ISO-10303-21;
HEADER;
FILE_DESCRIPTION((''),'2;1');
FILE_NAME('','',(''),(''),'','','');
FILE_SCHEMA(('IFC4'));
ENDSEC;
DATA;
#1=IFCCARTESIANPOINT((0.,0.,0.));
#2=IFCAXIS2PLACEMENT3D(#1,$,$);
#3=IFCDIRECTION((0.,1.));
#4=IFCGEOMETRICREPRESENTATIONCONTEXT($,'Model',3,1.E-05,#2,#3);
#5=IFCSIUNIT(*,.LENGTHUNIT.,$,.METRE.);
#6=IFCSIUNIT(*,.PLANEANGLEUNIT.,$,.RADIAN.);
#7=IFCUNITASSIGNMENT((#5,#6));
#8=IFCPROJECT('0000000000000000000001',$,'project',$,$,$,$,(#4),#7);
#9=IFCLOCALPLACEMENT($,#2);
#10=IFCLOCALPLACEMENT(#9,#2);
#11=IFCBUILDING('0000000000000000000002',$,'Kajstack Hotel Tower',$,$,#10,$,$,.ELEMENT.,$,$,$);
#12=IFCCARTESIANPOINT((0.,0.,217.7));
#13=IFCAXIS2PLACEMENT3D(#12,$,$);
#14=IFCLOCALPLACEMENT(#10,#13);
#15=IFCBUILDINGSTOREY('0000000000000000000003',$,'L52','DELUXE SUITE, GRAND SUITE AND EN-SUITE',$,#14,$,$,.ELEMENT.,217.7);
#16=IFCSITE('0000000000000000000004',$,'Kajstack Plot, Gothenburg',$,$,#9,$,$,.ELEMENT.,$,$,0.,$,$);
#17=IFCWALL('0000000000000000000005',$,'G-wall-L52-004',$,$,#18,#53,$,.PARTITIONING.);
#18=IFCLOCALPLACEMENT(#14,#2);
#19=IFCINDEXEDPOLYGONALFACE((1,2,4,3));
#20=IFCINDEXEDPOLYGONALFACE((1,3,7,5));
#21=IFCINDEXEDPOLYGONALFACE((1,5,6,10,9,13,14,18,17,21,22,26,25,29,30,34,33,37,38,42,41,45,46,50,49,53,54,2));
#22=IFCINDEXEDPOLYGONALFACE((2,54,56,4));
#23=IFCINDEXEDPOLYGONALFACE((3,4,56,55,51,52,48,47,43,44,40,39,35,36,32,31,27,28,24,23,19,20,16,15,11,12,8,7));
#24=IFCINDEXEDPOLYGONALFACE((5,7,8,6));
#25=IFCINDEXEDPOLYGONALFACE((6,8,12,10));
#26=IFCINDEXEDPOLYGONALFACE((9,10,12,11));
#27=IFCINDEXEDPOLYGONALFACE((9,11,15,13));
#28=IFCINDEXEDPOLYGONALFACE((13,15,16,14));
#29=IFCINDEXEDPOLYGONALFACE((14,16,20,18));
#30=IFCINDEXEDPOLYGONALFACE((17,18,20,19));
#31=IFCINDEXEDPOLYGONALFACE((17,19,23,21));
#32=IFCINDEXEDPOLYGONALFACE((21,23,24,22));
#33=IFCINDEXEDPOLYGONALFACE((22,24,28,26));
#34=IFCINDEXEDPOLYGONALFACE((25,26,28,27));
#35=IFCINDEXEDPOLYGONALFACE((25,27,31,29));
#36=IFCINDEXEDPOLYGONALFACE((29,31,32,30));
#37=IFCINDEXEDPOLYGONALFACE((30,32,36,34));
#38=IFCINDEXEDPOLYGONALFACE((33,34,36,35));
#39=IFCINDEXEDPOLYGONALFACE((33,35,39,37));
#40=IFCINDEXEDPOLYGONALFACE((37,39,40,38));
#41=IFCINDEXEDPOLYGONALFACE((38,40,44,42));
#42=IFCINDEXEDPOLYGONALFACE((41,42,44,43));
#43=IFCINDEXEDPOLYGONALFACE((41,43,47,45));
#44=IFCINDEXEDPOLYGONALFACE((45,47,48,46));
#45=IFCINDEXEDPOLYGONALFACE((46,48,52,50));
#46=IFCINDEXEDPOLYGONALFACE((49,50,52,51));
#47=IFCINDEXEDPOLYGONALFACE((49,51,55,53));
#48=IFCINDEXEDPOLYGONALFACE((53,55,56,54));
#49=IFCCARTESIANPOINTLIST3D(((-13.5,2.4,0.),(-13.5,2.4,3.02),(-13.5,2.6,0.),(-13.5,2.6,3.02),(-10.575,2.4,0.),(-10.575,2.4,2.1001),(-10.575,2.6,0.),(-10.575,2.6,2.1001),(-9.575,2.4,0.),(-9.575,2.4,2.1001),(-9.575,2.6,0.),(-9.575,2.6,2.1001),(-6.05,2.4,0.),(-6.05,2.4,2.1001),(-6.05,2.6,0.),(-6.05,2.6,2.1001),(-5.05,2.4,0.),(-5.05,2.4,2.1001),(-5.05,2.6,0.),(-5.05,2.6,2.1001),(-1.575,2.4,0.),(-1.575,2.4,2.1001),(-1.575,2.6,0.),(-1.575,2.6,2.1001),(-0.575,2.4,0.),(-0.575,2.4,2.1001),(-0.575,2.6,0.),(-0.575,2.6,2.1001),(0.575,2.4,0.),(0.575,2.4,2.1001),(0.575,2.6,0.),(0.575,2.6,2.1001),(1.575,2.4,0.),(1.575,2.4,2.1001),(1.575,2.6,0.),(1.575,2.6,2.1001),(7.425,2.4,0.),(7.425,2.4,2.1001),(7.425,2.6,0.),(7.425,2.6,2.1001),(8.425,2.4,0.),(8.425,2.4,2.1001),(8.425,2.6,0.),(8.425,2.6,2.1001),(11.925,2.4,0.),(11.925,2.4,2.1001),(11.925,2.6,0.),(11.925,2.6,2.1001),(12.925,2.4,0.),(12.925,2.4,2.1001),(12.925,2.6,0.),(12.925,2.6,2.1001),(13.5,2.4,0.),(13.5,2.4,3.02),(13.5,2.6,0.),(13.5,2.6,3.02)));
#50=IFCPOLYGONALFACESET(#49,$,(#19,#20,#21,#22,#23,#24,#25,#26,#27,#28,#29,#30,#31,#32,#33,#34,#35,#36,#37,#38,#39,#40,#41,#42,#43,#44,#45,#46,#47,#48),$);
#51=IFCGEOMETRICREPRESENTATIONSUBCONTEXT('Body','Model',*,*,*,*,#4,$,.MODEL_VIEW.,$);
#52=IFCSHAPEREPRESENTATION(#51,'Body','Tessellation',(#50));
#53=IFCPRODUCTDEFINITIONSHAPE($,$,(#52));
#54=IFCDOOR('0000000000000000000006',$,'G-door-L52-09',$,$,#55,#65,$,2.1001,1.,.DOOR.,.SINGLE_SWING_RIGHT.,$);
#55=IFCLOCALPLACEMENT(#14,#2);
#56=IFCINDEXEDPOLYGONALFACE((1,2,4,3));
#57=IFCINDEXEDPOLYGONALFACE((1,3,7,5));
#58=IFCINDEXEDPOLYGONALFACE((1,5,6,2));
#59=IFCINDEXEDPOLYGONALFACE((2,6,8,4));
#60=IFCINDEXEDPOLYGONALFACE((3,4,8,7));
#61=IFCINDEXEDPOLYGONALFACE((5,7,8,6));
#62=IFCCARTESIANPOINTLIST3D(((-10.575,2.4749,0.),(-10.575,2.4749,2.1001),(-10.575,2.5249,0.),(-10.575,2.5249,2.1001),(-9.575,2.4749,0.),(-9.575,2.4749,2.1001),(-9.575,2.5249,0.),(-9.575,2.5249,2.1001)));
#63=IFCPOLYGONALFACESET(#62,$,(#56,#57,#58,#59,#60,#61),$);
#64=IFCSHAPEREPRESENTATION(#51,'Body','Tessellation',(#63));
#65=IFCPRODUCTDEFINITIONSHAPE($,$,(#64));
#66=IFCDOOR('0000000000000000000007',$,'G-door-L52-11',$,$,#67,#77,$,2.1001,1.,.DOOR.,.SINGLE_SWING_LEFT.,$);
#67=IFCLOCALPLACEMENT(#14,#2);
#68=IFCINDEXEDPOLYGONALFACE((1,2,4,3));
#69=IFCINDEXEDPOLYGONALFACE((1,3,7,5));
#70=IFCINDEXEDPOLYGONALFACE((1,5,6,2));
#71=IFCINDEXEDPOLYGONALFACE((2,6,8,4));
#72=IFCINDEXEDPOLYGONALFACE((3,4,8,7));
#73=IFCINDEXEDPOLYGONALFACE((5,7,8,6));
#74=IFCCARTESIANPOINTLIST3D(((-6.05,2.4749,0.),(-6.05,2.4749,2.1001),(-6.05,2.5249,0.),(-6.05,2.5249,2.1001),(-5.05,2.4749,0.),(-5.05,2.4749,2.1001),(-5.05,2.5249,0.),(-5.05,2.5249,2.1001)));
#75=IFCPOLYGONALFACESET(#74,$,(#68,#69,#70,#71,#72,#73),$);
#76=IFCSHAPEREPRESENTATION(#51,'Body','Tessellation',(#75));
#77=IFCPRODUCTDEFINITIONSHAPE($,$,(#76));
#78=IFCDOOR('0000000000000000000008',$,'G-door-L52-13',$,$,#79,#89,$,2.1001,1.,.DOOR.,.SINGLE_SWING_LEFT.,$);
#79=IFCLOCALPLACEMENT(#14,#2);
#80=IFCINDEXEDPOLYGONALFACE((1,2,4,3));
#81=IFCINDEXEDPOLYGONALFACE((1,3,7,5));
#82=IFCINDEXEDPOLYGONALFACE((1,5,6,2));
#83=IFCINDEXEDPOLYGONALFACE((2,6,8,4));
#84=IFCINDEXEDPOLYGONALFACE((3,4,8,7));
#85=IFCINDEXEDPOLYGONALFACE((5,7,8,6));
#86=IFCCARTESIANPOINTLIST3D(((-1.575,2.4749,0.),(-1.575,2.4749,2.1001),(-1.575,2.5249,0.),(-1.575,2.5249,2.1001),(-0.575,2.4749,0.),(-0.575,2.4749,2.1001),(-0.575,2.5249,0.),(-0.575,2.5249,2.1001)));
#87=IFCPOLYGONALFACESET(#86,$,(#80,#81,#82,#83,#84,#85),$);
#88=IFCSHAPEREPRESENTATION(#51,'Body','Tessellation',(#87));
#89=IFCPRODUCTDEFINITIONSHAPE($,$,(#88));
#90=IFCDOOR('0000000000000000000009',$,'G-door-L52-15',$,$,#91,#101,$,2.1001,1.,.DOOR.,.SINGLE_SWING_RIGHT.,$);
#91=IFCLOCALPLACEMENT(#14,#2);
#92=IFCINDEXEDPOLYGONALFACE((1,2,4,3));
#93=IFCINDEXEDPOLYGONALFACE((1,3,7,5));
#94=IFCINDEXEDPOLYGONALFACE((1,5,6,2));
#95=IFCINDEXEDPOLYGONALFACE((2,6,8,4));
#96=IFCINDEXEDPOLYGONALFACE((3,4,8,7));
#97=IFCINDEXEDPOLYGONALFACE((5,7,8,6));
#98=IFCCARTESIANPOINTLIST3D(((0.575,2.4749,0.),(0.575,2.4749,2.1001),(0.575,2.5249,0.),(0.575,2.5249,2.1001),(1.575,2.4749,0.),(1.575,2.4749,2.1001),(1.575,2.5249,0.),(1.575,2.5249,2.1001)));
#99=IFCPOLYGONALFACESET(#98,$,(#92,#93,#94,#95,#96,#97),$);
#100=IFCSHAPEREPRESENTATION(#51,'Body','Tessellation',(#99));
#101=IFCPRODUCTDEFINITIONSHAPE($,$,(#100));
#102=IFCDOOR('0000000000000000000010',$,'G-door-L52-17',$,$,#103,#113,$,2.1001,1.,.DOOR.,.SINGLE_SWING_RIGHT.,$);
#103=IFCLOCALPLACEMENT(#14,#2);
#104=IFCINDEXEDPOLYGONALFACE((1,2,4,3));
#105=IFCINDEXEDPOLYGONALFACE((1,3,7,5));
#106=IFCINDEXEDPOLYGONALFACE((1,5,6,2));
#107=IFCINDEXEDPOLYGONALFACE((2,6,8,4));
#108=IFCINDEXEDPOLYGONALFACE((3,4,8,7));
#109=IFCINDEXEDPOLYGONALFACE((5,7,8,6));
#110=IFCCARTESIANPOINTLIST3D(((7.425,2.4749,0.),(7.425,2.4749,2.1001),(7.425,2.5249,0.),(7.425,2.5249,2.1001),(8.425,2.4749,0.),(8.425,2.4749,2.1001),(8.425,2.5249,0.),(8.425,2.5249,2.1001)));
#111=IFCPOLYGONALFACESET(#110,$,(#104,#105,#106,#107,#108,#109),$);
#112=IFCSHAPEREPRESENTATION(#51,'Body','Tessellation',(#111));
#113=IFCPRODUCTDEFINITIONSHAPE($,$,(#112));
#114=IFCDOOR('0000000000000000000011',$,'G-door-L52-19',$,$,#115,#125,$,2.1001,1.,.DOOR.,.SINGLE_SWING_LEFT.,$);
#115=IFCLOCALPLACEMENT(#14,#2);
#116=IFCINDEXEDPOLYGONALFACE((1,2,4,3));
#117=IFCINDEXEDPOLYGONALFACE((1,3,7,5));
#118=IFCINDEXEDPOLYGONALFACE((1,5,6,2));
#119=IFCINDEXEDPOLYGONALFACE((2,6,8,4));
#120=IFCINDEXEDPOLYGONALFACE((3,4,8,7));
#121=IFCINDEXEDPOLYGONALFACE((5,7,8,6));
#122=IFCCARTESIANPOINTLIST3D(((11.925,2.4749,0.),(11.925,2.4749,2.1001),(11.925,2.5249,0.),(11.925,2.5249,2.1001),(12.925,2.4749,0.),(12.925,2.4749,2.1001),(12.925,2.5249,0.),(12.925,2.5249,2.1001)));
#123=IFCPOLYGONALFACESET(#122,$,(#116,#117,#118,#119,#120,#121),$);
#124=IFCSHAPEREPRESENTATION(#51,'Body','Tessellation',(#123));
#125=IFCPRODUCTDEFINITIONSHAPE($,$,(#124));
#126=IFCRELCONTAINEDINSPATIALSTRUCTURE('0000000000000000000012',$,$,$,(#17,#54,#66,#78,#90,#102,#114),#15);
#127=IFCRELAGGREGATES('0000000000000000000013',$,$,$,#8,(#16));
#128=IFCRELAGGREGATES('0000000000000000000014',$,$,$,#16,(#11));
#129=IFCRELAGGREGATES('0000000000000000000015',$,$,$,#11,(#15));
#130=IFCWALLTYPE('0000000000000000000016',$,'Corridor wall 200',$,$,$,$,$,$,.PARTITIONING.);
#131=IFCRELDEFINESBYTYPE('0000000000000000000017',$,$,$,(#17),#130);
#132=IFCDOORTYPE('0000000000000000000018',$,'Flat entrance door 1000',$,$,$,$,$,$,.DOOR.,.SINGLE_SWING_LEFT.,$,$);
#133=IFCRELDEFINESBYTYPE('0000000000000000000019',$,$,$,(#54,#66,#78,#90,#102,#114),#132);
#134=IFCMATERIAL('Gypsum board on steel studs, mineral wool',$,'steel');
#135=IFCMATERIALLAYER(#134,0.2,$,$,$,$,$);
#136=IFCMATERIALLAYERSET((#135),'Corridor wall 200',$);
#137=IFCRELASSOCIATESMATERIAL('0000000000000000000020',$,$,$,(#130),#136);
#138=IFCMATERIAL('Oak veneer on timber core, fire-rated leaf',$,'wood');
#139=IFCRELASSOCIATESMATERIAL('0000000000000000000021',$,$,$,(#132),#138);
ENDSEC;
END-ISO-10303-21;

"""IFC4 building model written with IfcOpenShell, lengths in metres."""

from ifc_helpers import new_model, si_unit, direction, frame, frame_2d, origin, place, context, subcontext, project, spatial, rectangle, extrude, material, layer, layer_set, type_object, element, fill, save


model = new_model("IFC4")

# Units and contexts
model_context = context("Model", 3, precision=1e-05, world=origin(), true_north=direction((0.0, 1.0)))
body_context = subcontext(model_context, "Body", "Model", "MODEL_VIEW")
ifc_project = project(units=[si_unit("LENGTHUNIT", "METRE"), si_unit("PLANEANGLEUNIT", "RADIAN")], contexts=[model_context])

# Site, building, storey
site_placement = place(None, origin())
site = spatial("IfcSite", under=ifc_project, at=site_placement, Name="Kajstack Plot, Gothenburg", CompositionType="ELEMENT", RefElevation=0.0)
building_placement = place(site_placement, origin())
building = spatial("IfcBuilding", under=site, at=building_placement, Name="Kajstack Hotel Tower", CompositionType="ELEMENT")
storey_placement = place(building_placement, frame((0.0, 0.0, 217.7)))
storey = spatial("IfcBuildingStorey", under=building, at=storey_placement, Name="L52", Description="DELUXE SUITE, GRAND SUITE AND EN-SUITE", CompositionType="ELEMENT", Elevation=217.7)

# Wall, openings, doors
ifc_material_1 = material(Name="Gypsum board on steel studs, mineral wool", Category="steel")
ifc_layer_1 = layer(ifc_material_1, 0.2)
ifc_layer_set_1 = layer_set([ifc_layer_1], Name="Corridor wall 200")
wall_type_1 = type_object("IfcWallType", Name="Corridor wall 200", PredefinedType="PARTITIONING", material=ifc_layer_set_1)
wall_1_placement = place(storey_placement, frame((-13.5, 2.5, 0.0), z_axis=(0.0, 0.0, 1.0), x_axis=(1.0, 0.0, 0.0)))
wall_1 = element("IfcWall", 1, at=wall_1_placement, inside=storey, type_object=wall_type_1, Name="G-wall-L52-004", PredefinedType="PARTITIONING", context=body_context, shape_type="SweptSolid", body=[
    extrude(rectangle(XDim=27.0, YDim=0.2, at=frame_2d((13.5, 0.0))), origin(), (0.0, 0.0, 1.0), 3.02),
])
opening_1_placement = place(wall_1_placement, frame((2.925, 0.0, 0.0)))
opening_1 = element("IfcOpeningElement", 2, at=opening_1_placement, cuts=wall_1, PredefinedType="OPENING", context=body_context, shape_type="SweptSolid", body=[
    extrude(rectangle(XDim=1.0, YDim=2.1001, at=frame_2d((0.5, 1.05))), frame((0.0, 0.1099, 0.0), z_axis=(0.0, -1.0, 0.0), x_axis=(1.0, 0.0, 0.0)), (0.0, 0.0, 1.0), 0.22),
])
opening_2_placement = place(wall_1_placement, frame((7.45, 0.0, 0.0)))
opening_2 = element("IfcOpeningElement", 3, at=opening_2_placement, cuts=wall_1, PredefinedType="OPENING", context=body_context, shape_type="SweptSolid", body=[
    extrude(rectangle(XDim=1.0, YDim=2.1001, at=frame_2d((0.5, 1.05))), frame((0.0, 0.1099, 0.0), z_axis=(0.0, -1.0, 0.0), x_axis=(1.0, 0.0, 0.0)), (0.0, 0.0, 1.0), 0.22),
])
opening_3_placement = place(wall_1_placement, frame((11.925, 0.0, 0.0)))
opening_3 = element("IfcOpeningElement", 4, at=opening_3_placement, cuts=wall_1, PredefinedType="OPENING", context=body_context, shape_type="SweptSolid", body=[
    extrude(rectangle(XDim=1.0, YDim=2.1001, at=frame_2d((0.5, 1.05))), frame((0.0, 0.1099, 0.0), z_axis=(0.0, -1.0, 0.0), x_axis=(1.0, 0.0, 0.0)), (0.0, 0.0, 1.0), 0.22),
])
opening_4_placement = place(wall_1_placement, frame((14.075, 0.0, 0.0)))
opening_4 = element("IfcOpeningElement", 5, at=opening_4_placement, cuts=wall_1, PredefinedType="OPENING", context=body_context, shape_type="SweptSolid", body=[
    extrude(rectangle(XDim=1.0, YDim=2.1001, at=frame_2d((0.5, 1.05))), frame((0.0, 0.1099, 0.0), z_axis=(0.0, -1.0, 0.0), x_axis=(1.0, 0.0, 0.0)), (0.0, 0.0, 1.0), 0.22),
])
opening_5_placement = place(wall_1_placement, frame((20.925, 0.0, 0.0)))
opening_5 = element("IfcOpeningElement", 6, at=opening_5_placement, cuts=wall_1, PredefinedType="OPENING", context=body_context, shape_type="SweptSolid", body=[
    extrude(rectangle(XDim=1.0, YDim=2.1001, at=frame_2d((0.5, 1.05))), frame((0.0, 0.1099, 0.0), z_axis=(0.0, -1.0, 0.0), x_axis=(1.0, 0.0, 0.0)), (0.0, 0.0, 1.0), 0.22),
])
opening_6_placement = place(wall_1_placement, frame((25.425, 0.0, 0.0)))
opening_6 = element("IfcOpeningElement", 7, at=opening_6_placement, cuts=wall_1, PredefinedType="OPENING", context=body_context, shape_type="SweptSolid", body=[
    extrude(rectangle(XDim=1.0, YDim=2.1001, at=frame_2d((0.5, 1.05))), frame((0.0, 0.1099, 0.0), z_axis=(0.0, -1.0, 0.0), x_axis=(1.0, 0.0, 0.0)), (0.0, 0.0, 1.0), 0.22),
])
ifc_material_2 = material(Name="Oak veneer on timber core, fire-rated leaf", Category="wood")
door_type_1 = type_object("IfcDoorType", Name="Flat entrance door 1000", OperationType="SINGLE_SWING_LEFT", PredefinedType="DOOR", material=ifc_material_2)
door_1_placement = place(opening_1_placement, origin())
door_1 = element("IfcDoor", 8, at=door_1_placement, inside=storey, type_object=door_type_1, Name="G-door-L52-09", OperationType="SINGLE_SWING_RIGHT", OverallHeight=2.1001, OverallWidth=1.0, PredefinedType="DOOR", context=body_context, shape_type="SweptSolid", body=[
    extrude(rectangle(XDim=1.0, YDim=2.1001, at=frame_2d((0.5, 1.05))), frame((0.0, 0.0249, 0.0), z_axis=(0.0, -1.0, 0.0), x_axis=(1.0, 0.0, 0.0)), (0.0, 0.0, 1.0), 0.05),
])
fill(opening_1, door_1)
door_2_placement = place(opening_2_placement, origin())
door_2 = element("IfcDoor", 9, at=door_2_placement, inside=storey, type_object=door_type_1, Name="G-door-L52-11", OperationType="SINGLE_SWING_LEFT", OverallHeight=2.1001, OverallWidth=1.0, PredefinedType="DOOR", context=body_context, shape_type="SweptSolid", body=[
    extrude(rectangle(XDim=1.0, YDim=2.1001, at=frame_2d((0.5, 1.05))), frame((0.0, 0.0249, 0.0), z_axis=(0.0, -1.0, 0.0), x_axis=(1.0, 0.0, 0.0)), (0.0, 0.0, 1.0), 0.05),
])
fill(opening_2, door_2)
door_3_placement = place(opening_3_placement, origin())
door_3 = element("IfcDoor", 10, at=door_3_placement, inside=storey, type_object=door_type_1, Name="G-door-L52-13", OperationType="SINGLE_SWING_LEFT", OverallHeight=2.1001, OverallWidth=1.0, PredefinedType="DOOR", context=body_context, shape_type="SweptSolid", body=[
    extrude(rectangle(XDim=1.0, YDim=2.1001, at=frame_2d((0.5, 1.05))), frame((0.0, 0.0249, 0.0), z_axis=(0.0, -1.0, 0.0), x_axis=(1.0, 0.0, 0.0)), (0.0, 0.0, 1.0), 0.05),
])
fill(opening_3, door_3)
door_4_placement = place(opening_4_placement, origin())
door_4 = element("IfcDoor", 11, at=door_4_placement, inside=storey, type_object=door_type_1, Name="G-door-L52-15", OperationType="SINGLE_SWING_RIGHT", OverallHeight=2.1001, OverallWidth=1.0, PredefinedType="DOOR", context=body_context, shape_type="SweptSolid", body=[
    extrude(rectangle(XDim=1.0, YDim=2.1001, at=frame_2d((0.5, 1.05))), frame((0.0, 0.0249, 0.0), z_axis=(0.0, -1.0, 0.0), x_axis=(1.0, 0.0, 0.0)), (0.0, 0.0, 1.0), 0.05),
])
fill(opening_4, door_4)
door_5_placement = place(opening_5_placement, origin())
door_5 = element("IfcDoor", 12, at=door_5_placement, inside=storey, type_object=door_type_1, Name="G-door-L52-17", OperationType="SINGLE_SWING_RIGHT", OverallHeight=2.1001, OverallWidth=1.0, PredefinedType="DOOR", context=body_context, shape_type="SweptSolid", body=[
    extrude(rectangle(XDim=1.0, YDim=2.1001, at=frame_2d((0.5, 1.05))), frame((0.0, 0.0249, 0.0), z_axis=(0.0, -1.0, 0.0), x_axis=(1.0, 0.0, 0.0)), (0.0, 0.0, 1.0), 0.05),
])
fill(opening_5, door_5)
door_6_placement = place(opening_6_placement, origin())
door_6 = element("IfcDoor", 13, at=door_6_placement, inside=storey, type_object=door_type_1, Name="G-door-L52-19", OperationType="SINGLE_SWING_LEFT", OverallHeight=2.1001, OverallWidth=1.0, PredefinedType="DOOR", context=body_context, shape_type="SweptSolid", body=[
    extrude(rectangle(XDim=1.0, YDim=2.1001, at=frame_2d((0.5, 1.05))), frame((0.0, 0.0249, 0.0), z_axis=(0.0, -1.0, 0.0), x_axis=(1.0, 0.0, 0.0)), (0.0, 0.0, 1.0), 0.05),
])
fill(opening_6, door_6)

save(model, "model.ifc")
